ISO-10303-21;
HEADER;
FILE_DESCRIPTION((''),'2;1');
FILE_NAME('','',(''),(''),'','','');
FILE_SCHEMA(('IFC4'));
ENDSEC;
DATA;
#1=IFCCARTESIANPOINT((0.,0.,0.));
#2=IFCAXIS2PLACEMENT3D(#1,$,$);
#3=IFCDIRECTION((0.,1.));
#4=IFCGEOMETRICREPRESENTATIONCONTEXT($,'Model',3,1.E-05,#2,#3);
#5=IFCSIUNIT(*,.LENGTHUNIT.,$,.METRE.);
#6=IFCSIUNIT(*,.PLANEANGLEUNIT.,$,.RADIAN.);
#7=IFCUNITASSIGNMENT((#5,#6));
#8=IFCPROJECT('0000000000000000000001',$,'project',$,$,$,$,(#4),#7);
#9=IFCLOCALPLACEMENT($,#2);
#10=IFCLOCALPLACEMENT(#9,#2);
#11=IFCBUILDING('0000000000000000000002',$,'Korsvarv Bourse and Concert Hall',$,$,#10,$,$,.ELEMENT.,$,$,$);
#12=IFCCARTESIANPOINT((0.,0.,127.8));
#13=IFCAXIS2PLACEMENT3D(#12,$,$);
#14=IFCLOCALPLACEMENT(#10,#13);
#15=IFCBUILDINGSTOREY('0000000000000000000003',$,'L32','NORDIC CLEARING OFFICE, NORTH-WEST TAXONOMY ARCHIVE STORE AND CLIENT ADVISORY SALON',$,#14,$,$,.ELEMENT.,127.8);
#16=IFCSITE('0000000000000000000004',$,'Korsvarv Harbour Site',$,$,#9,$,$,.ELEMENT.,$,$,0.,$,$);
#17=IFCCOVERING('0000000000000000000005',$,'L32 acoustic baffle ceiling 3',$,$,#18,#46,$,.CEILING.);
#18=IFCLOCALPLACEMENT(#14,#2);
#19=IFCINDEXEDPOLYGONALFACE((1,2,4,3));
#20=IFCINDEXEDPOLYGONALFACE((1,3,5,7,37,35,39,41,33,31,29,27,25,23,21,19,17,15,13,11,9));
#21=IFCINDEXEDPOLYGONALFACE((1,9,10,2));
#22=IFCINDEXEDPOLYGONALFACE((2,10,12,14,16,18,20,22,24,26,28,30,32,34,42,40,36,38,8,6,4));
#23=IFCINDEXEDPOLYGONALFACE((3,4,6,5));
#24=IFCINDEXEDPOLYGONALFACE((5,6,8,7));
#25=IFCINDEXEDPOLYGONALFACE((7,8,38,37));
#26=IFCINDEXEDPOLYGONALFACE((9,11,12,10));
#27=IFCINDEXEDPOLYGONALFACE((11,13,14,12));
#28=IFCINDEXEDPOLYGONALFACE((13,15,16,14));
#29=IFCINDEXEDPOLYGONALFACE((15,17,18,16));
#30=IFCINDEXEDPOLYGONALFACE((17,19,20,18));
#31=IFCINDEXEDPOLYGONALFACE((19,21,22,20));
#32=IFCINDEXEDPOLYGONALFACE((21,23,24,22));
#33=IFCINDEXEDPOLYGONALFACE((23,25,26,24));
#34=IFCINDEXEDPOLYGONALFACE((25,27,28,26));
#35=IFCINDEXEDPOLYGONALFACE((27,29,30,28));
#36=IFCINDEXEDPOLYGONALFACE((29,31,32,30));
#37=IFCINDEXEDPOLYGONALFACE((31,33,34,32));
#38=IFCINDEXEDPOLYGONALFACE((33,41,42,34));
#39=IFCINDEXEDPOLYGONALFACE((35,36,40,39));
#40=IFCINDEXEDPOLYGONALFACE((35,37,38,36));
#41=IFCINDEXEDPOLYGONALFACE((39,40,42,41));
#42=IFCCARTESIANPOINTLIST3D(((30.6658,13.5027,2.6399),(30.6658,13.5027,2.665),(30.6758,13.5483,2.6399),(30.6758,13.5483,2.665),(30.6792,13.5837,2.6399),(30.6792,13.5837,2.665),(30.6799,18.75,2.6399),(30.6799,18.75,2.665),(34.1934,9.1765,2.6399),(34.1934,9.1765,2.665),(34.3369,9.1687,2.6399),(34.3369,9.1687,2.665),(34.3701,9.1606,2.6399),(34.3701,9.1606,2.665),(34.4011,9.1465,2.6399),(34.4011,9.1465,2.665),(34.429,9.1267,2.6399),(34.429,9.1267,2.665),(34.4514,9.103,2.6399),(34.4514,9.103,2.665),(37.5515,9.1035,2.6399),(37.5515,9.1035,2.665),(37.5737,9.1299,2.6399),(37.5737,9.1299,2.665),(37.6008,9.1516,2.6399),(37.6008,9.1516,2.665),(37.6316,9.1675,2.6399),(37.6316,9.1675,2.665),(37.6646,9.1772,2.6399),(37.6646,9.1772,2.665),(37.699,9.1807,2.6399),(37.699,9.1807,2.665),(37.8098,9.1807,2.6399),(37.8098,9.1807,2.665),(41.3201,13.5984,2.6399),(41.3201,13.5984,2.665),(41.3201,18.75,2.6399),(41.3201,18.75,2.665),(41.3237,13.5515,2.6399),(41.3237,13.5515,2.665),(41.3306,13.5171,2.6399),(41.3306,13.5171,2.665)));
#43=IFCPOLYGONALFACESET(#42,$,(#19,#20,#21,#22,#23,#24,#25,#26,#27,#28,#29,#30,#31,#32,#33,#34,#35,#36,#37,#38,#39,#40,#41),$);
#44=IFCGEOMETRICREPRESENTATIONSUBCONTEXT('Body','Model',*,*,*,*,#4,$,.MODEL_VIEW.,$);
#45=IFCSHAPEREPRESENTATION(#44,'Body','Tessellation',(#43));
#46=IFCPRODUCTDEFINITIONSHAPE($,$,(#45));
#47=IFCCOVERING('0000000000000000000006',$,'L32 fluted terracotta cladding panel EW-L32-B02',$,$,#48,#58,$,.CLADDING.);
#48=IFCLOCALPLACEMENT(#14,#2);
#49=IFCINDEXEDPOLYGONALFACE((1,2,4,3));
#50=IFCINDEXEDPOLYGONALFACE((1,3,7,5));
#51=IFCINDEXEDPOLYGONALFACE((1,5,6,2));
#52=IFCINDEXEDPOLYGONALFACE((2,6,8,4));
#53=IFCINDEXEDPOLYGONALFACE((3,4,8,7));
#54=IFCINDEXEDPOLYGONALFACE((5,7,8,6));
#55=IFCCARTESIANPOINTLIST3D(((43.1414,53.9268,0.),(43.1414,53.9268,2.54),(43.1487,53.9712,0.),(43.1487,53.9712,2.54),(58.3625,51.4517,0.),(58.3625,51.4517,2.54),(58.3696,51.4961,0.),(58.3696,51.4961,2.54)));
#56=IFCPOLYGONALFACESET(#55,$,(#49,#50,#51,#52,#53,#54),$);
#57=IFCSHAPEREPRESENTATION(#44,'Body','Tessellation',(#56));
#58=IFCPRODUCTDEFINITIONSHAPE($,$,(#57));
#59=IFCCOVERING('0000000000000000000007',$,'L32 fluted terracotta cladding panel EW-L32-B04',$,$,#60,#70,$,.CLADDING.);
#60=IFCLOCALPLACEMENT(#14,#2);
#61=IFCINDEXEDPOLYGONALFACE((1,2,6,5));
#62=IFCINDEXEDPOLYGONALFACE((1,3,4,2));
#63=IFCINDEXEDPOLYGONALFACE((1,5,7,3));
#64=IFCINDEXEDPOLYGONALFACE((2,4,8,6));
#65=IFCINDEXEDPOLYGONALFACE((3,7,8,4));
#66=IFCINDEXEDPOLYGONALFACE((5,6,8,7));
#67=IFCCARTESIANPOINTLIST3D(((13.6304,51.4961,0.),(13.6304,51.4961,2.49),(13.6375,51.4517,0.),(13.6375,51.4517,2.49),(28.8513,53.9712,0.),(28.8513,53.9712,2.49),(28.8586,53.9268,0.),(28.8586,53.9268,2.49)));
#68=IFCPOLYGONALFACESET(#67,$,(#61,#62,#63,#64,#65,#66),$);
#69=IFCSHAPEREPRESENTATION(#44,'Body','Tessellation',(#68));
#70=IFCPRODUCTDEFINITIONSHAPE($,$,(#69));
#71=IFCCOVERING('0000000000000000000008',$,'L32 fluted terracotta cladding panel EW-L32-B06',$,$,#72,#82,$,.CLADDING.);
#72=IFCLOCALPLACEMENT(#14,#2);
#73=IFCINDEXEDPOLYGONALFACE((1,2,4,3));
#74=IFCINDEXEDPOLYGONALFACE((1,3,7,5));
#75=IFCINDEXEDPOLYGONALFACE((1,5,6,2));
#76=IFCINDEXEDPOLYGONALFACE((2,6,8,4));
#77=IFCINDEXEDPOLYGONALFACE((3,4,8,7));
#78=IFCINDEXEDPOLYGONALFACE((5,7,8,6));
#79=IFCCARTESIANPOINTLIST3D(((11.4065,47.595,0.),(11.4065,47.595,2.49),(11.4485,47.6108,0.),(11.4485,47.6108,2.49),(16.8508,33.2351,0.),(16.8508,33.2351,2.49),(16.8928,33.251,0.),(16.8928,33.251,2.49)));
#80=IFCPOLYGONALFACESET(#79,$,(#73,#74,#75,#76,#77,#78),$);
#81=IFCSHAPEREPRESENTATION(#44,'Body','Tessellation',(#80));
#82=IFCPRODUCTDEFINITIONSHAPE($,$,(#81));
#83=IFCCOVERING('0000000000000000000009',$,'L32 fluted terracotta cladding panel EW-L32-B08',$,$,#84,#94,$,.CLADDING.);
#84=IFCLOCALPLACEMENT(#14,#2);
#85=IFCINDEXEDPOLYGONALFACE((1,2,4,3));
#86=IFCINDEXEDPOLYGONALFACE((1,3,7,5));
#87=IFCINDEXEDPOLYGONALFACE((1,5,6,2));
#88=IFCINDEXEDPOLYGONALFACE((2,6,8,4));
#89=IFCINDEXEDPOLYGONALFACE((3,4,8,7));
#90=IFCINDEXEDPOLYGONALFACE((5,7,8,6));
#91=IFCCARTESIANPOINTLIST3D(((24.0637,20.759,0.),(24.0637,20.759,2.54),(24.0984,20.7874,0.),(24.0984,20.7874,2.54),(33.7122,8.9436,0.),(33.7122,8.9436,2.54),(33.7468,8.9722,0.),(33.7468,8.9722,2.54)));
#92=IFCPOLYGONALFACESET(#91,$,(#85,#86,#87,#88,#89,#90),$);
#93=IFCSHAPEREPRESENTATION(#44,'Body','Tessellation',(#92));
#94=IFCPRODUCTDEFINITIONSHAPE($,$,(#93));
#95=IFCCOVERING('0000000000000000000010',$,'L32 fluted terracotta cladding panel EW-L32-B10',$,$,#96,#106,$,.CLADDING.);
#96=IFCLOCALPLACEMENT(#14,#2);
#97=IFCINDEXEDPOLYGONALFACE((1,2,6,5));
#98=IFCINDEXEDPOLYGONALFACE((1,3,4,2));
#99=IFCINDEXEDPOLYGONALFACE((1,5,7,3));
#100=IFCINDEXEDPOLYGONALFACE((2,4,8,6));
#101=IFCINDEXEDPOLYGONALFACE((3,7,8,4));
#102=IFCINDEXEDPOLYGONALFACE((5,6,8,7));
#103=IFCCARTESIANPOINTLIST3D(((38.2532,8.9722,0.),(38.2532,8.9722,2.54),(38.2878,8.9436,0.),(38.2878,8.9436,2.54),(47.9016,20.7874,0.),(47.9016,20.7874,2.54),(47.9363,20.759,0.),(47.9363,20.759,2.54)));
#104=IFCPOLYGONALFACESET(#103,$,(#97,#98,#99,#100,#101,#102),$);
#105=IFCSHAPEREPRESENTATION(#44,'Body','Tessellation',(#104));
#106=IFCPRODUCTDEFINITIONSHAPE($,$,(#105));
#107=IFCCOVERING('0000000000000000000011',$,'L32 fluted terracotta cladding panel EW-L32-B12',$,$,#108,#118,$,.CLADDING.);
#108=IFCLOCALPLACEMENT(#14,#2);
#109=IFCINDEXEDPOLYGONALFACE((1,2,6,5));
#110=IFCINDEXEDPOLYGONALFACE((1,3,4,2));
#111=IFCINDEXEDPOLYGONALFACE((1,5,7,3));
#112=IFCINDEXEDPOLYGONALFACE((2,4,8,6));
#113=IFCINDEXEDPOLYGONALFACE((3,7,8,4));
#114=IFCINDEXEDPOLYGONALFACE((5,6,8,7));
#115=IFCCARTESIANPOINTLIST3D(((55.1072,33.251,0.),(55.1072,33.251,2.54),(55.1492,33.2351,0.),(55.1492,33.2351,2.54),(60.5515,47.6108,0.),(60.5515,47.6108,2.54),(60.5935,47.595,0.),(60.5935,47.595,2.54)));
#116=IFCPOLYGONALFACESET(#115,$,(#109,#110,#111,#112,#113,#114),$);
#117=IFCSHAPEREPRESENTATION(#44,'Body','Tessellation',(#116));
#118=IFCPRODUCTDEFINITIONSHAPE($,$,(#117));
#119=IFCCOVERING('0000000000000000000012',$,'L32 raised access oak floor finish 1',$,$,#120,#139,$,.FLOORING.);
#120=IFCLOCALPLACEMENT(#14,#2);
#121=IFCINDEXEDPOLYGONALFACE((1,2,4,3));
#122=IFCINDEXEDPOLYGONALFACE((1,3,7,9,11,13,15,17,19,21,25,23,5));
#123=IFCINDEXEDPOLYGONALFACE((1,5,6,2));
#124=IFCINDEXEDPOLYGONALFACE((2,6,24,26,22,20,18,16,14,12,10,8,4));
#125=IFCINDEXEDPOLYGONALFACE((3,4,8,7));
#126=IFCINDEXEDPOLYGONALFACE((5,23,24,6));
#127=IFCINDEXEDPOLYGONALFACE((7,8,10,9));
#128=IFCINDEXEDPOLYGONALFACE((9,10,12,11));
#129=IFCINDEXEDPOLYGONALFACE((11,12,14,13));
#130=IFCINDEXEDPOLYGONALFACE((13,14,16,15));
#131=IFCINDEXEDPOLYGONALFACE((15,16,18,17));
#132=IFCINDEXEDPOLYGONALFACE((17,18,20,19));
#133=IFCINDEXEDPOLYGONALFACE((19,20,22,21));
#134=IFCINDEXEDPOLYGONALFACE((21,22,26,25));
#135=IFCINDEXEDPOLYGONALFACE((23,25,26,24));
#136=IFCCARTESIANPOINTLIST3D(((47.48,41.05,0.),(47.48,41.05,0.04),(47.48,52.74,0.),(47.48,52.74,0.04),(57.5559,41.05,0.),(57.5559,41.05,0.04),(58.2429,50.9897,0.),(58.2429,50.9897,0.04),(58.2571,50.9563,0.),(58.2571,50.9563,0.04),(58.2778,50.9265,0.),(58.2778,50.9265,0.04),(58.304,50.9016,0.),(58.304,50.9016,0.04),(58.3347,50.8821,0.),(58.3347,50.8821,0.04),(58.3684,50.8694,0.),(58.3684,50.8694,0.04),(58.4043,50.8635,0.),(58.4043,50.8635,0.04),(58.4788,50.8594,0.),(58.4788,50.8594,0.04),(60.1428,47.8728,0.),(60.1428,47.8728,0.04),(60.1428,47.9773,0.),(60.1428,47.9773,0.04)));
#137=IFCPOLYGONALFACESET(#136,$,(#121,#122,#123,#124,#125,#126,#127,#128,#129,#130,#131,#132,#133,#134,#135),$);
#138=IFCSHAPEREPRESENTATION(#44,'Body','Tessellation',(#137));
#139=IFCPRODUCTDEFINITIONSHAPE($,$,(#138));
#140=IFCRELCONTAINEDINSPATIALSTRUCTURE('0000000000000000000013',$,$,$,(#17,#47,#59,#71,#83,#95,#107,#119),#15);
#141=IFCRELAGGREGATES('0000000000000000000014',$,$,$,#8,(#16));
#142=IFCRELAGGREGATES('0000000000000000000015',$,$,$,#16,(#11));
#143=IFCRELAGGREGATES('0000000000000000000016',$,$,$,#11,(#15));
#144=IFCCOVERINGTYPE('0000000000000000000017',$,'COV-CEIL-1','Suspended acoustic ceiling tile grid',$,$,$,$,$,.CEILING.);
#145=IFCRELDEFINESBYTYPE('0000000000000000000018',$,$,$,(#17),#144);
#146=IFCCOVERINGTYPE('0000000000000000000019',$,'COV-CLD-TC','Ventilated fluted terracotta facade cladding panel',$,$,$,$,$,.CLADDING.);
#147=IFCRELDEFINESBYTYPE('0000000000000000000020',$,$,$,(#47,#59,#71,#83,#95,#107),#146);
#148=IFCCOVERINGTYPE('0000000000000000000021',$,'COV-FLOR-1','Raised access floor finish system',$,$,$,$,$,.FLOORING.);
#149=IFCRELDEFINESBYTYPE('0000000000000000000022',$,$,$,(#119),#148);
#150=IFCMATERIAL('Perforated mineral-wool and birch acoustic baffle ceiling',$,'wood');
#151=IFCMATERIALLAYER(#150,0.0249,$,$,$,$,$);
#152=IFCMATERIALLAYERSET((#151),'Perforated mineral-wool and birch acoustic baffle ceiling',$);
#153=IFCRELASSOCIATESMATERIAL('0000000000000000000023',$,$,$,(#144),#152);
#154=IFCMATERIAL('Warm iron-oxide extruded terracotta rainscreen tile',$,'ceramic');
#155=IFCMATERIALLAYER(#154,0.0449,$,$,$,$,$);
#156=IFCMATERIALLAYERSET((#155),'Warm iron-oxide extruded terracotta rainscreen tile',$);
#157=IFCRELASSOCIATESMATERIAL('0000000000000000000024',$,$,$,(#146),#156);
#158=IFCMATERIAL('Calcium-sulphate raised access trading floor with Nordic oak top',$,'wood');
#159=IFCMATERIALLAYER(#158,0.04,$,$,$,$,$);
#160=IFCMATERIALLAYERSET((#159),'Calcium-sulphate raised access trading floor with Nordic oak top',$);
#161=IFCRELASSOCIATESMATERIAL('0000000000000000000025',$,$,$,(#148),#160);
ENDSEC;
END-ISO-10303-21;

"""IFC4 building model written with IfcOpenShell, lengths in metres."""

from ifc_helpers import new_model, si_unit, direction, frame, origin, place, context, subcontext, project, spatial, polyline, outline, extrude, material, layer, layer_set, type_object, element, save


model = new_model("IFC4")

# Units and contexts
model_context = context("Model", 3, precision=1e-05, world=origin(), true_north=direction((0.0, 1.0)))
body_context = subcontext(model_context, "Body", "Model", "MODEL_VIEW")
ifc_project = project(units=[si_unit("LENGTHUNIT", "METRE"), si_unit("PLANEANGLEUNIT", "RADIAN")], contexts=[model_context])

# Site, building, storey
site_placement = place(None, origin())
site = spatial("IfcSite", under=ifc_project, at=site_placement, Name="Korsvarv Harbour Site", CompositionType="ELEMENT", RefElevation=0.0)
building_placement = place(site_placement, origin())
building = spatial("IfcBuilding", under=site, at=building_placement, Name="Korsvarv Bourse and Concert Hall", CompositionType="ELEMENT")
storey_placement = place(building_placement, frame((0.0, 0.0, 127.8)))
storey = spatial("IfcBuildingStorey", under=building, at=storey_placement, Name="L32", Description="NORDIC CLEARING OFFICE, NORTH-WEST TAXONOMY ARCHIVE STORE AND CLIENT ADVISORY SALON", CompositionType="ELEMENT", Elevation=127.8)

# Coverings
ifc_material_1 = material(Name="Perforated mineral-wool and birch acoustic baffle ceiling", Category="wood")
ifc_layer_1 = layer(ifc_material_1, 0.0249)
ifc_layer_set_1 = layer_set([ifc_layer_1], Name="Perforated mineral-wool and birch acoustic baffle ceiling")
covering_type_1 = type_object("IfcCoveringType", Name="COV-CEIL-1", Description="Suspended acoustic ceiling tile grid", PredefinedType="CEILING", material=ifc_layer_set_1)
covering_1_placement = place(storey_placement, frame((0.0, 0.0, 2.6399)))
element("IfcCovering", 1, at=covering_1_placement, inside=storey, type_object=covering_type_1, Name="L32 acoustic baffle ceiling 3", PredefinedType="CEILING", context=body_context, shape_type="SweptSolid", body=[
    extrude(outline(polyline([(30.6658, 13.5027), (30.6758, 13.5483), (30.6792, 13.5837), (30.6799, 18.75), (41.3201, 18.75), (41.3201, 13.5984), (41.3237, 13.5515), (41.3306, 13.5171), (37.8098, 9.1807), (37.699, 9.1807), (37.6646, 9.1772), (37.6316, 9.1675), (37.6008, 9.1516), (37.5737, 9.1299), (37.5515, 9.1035), (34.4514, 9.103), (34.429, 9.1267), (34.4011, 9.1465), (34.3701, 9.1606), (34.3369, 9.1687), (34.1934, 9.1765), (30.6658, 13.5027)])), origin(), (0.0, 0.0, 1.0), 0.0251),
])
ifc_material_2 = material(Name="Warm iron-oxide extruded terracotta rainscreen tile", Category="ceramic")
ifc_layer_2 = layer(ifc_material_2, 0.0449)
ifc_layer_set_2 = layer_set([ifc_layer_2], Name="Warm iron-oxide extruded terracotta rainscreen tile")
covering_type_2 = type_object("IfcCoveringType", Name="COV-CLD-TC", Description="Ventilated fluted terracotta facade cladding panel", PredefinedType="CLADDING", material=ifc_layer_set_2)
covering_2_placement = place(storey_placement, origin())
element("IfcCovering", 2, at=covering_2_placement, inside=storey, type_object=covering_type_2, Name="L32 fluted terracotta cladding panel EW-L32-B02", PredefinedType="CLADDING", context=body_context, shape_type="SweptSolid", body=[
    extrude(outline(polyline([(58.3625, 51.4517), (43.1414, 53.9268), (43.1487, 53.9712), (58.3696, 51.4961), (58.3625, 51.4517)])), origin(), (0.0, 0.0, 1.0), 2.54),
])
covering_3_placement = place(storey_placement, origin())
element("IfcCovering", 3, at=covering_3_placement, inside=storey, type_object=covering_type_2, Name="L32 fluted terracotta cladding panel EW-L32-B04", PredefinedType="CLADDING", context=body_context, shape_type="SweptSolid", body=[
    extrude(outline(polyline([(28.8586, 53.9268), (13.6375, 51.4517), (13.6304, 51.4961), (28.8513, 53.9712), (28.8586, 53.9268)])), origin(), (0.0, 0.0, 1.0), 2.49),
])
covering_4_placement = place(storey_placement, origin())
element("IfcCovering", 4, at=covering_4_placement, inside=storey, type_object=covering_type_2, Name="L32 fluted terracotta cladding panel EW-L32-B06", PredefinedType="CLADDING", context=body_context, shape_type="SweptSolid", body=[
    extrude(outline(polyline([(11.4485, 47.6108), (16.8928, 33.251), (16.8508, 33.2351), (11.4065, 47.595), (11.4485, 47.6108)])), origin(), (0.0, 0.0, 1.0), 2.49),
])
covering_5_placement = place(storey_placement, origin())
element("IfcCovering", 5, at=covering_5_placement, inside=storey, type_object=covering_type_2, Name="L32 fluted terracotta cladding panel EW-L32-B08", PredefinedType="CLADDING", context=body_context, shape_type="SweptSolid", body=[
    extrude(outline(polyline([(24.0984, 20.7874), (33.7468, 8.9722), (33.7122, 8.9436), (24.0637, 20.759), (24.0984, 20.7874)])), origin(), (0.0, 0.0, 1.0), 2.54),
])
covering_6_placement = place(storey_placement, origin())
element("IfcCovering", 6, at=covering_6_placement, inside=storey, type_object=covering_type_2, Name="L32 fluted terracotta cladding panel EW-L32-B10", PredefinedType="CLADDING", context=body_context, shape_type="SweptSolid", body=[
    extrude(outline(polyline([(38.2532, 8.9722), (47.9016, 20.7874), (47.9363, 20.759), (38.2878, 8.9436), (38.2532, 8.9722)])), origin(), (0.0, 0.0, 1.0), 2.54),
])
covering_7_placement = place(storey_placement, origin())
element("IfcCovering", 7, at=covering_7_placement, inside=storey, type_object=covering_type_2, Name="L32 fluted terracotta cladding panel EW-L32-B12", PredefinedType="CLADDING", context=body_context, shape_type="SweptSolid", body=[
    extrude(outline(polyline([(55.1072, 33.251), (60.5515, 47.6108), (60.5935, 47.595), (55.1492, 33.2351), (55.1072, 33.251)])), origin(), (0.0, 0.0, 1.0), 2.54),
])
ifc_material_3 = material(Name="Calcium-sulphate raised access trading floor with Nordic oak top", Category="wood")
ifc_layer_3 = layer(ifc_material_3, 0.04)
ifc_layer_set_3 = layer_set([ifc_layer_3], Name="Calcium-sulphate raised access trading floor with Nordic oak top")
covering_type_3 = type_object("IfcCoveringType", Name="COV-FLOR-1", Description="Raised access floor finish system", PredefinedType="FLOORING", material=ifc_layer_set_3)
covering_8_placement = place(storey_placement, origin())
element("IfcCovering", 8, at=covering_8_placement, inside=storey, type_object=covering_type_3, Name="L32 raised access oak floor finish 1", PredefinedType="FLOORING", context=body_context, shape_type="SweptSolid", body=[
    extrude(outline(polyline([(58.2429, 50.9897), (58.2571, 50.9563), (58.2778, 50.9265), (58.304, 50.9016), (58.3347, 50.8821), (58.3684, 50.8694), (58.4043, 50.8635), (58.4788, 50.8594), (60.1428, 47.9773), (60.1428, 47.8728), (57.5559, 41.05), (47.48, 41.05), (47.48, 52.74), (58.2429, 50.9897)])), origin(), (0.0, 0.0, 1.0), 0.04),
])

save(model, "model.ifc")
